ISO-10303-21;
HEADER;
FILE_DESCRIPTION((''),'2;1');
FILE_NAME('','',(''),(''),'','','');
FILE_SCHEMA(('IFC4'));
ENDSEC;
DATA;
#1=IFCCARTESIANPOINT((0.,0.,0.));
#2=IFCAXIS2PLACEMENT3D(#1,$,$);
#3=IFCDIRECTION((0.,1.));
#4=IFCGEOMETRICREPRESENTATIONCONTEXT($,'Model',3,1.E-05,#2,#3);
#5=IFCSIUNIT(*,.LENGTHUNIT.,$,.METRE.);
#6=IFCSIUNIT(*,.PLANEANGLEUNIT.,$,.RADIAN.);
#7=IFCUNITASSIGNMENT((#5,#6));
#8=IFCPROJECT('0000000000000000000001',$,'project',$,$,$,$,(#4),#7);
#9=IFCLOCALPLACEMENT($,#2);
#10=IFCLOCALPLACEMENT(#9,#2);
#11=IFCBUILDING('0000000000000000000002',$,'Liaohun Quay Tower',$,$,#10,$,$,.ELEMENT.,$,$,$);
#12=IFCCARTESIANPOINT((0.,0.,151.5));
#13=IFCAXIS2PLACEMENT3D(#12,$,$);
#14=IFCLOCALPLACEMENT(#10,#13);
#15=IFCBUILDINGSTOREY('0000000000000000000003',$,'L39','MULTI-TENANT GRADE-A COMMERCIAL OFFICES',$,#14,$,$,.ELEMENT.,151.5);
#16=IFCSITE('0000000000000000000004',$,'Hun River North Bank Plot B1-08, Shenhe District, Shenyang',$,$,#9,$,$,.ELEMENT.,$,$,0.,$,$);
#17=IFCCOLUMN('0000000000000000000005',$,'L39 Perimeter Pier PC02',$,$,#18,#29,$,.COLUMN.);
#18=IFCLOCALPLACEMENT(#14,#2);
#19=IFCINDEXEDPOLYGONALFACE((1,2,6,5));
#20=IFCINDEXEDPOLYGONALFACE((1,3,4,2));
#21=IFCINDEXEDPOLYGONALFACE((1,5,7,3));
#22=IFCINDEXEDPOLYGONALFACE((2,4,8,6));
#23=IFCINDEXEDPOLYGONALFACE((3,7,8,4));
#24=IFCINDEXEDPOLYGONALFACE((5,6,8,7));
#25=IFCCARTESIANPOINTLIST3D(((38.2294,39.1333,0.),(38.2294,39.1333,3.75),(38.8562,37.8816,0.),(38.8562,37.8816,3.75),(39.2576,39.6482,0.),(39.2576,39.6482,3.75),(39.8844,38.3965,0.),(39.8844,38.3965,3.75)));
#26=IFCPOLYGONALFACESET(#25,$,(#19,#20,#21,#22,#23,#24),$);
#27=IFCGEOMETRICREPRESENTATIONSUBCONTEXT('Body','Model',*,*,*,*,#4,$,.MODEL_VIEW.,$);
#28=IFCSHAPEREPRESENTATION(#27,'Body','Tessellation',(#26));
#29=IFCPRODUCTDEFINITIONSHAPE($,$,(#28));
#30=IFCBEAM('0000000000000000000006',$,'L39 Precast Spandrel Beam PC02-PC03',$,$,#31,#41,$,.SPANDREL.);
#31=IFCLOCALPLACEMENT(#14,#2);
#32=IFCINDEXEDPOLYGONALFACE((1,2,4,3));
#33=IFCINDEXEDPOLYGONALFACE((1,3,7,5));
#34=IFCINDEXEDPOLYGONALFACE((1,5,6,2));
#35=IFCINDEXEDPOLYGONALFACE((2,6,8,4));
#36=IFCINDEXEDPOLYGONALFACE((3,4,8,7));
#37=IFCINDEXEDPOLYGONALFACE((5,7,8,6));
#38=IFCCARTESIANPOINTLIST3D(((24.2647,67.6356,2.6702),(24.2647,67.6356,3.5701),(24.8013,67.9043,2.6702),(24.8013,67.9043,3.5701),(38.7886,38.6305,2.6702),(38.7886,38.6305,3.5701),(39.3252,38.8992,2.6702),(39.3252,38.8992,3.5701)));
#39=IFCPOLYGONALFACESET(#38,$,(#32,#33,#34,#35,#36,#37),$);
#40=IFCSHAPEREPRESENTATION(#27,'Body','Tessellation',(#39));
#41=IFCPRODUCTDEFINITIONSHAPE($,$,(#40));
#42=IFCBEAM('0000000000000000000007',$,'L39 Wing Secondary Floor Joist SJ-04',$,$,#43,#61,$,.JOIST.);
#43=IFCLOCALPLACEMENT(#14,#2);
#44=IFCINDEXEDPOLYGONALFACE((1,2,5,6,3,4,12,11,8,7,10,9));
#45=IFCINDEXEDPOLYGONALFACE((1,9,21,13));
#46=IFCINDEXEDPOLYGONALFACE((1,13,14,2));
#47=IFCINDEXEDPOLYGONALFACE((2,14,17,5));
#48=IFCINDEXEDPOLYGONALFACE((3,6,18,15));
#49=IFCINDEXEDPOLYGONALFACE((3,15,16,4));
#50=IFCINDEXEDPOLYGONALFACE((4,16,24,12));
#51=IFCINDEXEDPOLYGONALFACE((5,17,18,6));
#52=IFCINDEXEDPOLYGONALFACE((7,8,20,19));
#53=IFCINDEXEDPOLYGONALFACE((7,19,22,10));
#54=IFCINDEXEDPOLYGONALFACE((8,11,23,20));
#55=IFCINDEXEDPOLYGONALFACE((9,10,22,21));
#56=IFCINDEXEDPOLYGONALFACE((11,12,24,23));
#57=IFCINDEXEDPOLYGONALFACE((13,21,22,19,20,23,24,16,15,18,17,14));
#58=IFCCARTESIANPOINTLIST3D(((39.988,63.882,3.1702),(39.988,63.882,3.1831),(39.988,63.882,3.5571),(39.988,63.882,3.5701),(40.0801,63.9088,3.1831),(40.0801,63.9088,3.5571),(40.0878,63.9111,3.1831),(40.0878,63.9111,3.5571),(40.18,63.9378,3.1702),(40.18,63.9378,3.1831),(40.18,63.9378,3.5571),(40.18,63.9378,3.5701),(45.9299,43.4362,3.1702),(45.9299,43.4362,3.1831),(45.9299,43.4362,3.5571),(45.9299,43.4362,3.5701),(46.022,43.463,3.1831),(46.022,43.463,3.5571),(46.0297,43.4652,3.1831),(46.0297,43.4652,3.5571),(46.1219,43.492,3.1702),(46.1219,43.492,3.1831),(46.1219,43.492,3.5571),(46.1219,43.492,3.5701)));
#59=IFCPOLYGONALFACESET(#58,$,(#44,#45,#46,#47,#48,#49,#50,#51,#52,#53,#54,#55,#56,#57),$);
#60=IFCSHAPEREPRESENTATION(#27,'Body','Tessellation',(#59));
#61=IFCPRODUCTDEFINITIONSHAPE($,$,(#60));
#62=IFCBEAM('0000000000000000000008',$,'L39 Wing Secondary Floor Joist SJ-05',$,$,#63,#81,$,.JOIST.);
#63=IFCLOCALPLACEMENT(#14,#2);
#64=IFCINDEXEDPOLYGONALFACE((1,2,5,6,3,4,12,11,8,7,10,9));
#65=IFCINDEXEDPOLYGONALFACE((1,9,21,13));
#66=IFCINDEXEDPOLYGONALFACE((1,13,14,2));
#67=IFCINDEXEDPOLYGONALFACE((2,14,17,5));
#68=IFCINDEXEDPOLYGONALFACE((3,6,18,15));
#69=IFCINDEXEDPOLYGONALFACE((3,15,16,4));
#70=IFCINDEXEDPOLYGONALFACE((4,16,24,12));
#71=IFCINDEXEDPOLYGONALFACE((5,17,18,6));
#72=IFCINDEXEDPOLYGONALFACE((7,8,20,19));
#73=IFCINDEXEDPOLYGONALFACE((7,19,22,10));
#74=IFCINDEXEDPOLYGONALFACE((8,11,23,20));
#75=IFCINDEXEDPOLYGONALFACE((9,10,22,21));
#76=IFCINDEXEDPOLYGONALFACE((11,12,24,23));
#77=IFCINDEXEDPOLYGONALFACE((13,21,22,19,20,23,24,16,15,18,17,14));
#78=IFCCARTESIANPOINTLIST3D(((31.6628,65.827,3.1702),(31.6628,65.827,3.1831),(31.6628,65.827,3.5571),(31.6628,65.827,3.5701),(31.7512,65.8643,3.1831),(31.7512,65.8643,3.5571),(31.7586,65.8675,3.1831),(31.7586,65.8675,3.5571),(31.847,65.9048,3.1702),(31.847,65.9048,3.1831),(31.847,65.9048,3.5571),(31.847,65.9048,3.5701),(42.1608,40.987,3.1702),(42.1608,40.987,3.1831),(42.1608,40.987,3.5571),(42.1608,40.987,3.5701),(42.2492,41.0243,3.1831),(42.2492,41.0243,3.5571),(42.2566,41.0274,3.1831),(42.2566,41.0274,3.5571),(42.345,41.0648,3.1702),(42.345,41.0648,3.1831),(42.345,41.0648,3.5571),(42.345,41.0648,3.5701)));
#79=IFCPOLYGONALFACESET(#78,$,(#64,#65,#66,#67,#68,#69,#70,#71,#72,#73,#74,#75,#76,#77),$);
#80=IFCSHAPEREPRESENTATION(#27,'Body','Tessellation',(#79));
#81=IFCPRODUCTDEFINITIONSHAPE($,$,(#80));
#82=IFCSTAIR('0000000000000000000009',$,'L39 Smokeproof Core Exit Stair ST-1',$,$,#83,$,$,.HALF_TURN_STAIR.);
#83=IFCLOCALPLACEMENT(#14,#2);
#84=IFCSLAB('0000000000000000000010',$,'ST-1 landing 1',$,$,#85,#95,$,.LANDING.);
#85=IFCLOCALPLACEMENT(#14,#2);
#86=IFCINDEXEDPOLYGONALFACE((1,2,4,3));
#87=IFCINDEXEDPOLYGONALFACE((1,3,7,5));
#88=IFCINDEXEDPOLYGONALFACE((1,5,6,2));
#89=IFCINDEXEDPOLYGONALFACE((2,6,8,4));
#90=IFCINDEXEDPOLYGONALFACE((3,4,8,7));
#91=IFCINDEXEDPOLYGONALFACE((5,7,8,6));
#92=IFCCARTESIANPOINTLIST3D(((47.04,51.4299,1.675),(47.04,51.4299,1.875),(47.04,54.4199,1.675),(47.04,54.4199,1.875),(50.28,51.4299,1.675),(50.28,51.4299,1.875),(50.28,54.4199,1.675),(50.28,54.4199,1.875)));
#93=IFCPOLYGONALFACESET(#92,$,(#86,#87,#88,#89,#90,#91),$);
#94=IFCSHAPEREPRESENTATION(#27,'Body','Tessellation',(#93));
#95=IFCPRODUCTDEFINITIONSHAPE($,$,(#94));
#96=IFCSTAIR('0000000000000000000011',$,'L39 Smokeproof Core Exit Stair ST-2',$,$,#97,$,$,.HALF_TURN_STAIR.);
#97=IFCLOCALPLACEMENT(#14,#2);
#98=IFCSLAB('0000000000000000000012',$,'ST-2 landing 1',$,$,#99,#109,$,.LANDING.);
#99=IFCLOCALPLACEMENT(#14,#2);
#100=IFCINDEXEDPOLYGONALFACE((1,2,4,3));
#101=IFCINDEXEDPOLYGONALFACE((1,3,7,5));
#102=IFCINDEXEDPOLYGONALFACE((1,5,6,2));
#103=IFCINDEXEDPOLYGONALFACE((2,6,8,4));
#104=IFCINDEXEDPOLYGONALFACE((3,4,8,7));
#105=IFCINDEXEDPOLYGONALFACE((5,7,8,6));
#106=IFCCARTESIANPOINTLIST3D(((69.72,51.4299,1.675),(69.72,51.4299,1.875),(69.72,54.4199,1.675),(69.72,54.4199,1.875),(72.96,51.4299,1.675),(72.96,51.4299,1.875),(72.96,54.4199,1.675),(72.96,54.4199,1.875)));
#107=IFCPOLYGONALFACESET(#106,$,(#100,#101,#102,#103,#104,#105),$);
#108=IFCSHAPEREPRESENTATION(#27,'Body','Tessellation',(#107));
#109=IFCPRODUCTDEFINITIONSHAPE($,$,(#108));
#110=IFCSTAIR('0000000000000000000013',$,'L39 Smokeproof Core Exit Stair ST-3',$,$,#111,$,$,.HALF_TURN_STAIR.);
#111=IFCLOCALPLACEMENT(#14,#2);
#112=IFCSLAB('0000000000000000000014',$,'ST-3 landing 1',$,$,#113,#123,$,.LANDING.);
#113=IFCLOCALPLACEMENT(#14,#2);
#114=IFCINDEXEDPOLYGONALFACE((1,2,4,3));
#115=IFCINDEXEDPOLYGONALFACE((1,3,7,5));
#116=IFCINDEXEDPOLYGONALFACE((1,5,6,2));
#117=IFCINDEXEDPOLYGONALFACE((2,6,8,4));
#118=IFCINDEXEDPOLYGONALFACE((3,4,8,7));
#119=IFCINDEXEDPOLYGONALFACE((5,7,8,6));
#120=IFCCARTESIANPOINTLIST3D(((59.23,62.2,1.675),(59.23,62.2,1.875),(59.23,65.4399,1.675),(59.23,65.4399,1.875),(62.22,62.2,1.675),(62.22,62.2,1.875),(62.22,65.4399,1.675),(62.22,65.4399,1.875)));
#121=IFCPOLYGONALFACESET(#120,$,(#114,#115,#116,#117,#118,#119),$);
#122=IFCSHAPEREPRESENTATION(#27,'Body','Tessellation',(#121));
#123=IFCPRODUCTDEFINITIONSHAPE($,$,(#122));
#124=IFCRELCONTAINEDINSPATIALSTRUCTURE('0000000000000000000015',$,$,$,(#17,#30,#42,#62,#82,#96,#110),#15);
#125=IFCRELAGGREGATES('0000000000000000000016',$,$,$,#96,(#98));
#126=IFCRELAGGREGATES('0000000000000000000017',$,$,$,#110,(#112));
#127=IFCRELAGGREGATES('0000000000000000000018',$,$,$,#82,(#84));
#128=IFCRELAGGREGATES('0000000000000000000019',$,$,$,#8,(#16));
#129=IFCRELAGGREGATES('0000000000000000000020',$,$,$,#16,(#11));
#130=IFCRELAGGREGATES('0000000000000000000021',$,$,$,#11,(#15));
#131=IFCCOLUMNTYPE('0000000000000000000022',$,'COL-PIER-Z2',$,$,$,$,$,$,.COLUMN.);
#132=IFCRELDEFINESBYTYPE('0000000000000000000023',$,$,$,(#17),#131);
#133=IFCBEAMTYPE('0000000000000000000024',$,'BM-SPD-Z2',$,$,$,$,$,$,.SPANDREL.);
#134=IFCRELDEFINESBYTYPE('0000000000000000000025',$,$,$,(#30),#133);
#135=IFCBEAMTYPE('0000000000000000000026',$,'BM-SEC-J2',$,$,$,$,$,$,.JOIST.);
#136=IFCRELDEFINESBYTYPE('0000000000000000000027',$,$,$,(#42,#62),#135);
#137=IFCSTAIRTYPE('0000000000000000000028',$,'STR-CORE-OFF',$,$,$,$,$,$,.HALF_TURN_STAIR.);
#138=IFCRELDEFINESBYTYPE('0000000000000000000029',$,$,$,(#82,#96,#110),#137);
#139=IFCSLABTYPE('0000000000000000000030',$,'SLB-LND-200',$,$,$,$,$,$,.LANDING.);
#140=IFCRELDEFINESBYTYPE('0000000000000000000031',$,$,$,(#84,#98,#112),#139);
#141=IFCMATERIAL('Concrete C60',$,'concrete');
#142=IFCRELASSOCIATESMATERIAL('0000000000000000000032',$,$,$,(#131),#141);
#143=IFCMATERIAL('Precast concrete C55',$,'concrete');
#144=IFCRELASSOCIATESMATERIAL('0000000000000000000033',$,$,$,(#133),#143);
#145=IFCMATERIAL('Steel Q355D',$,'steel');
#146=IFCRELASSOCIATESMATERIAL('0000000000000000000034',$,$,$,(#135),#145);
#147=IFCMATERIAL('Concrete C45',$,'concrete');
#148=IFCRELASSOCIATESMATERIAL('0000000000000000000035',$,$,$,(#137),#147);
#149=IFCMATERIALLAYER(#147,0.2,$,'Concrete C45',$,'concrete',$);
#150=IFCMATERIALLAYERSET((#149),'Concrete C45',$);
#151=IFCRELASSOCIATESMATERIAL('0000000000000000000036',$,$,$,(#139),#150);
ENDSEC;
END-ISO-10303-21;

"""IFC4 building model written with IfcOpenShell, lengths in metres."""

from ifc_helpers import new_model, si_unit, direction, frame, origin, origin_2d, place, context, subcontext, project, spatial, polyline, rectangle, i_section, outline, extrude, source, transform, mapped, material, layer, layer_set, material_profile, profile_set, type_object, element, aggregate, save


model = new_model("IFC4")

# Units and contexts
model_context = context("Model", 3, precision=1e-05, world=origin(), true_north=direction((0.0, 1.0)))
body_context = subcontext(model_context, "Body", "Model", "MODEL_VIEW")
ifc_project = project(units=[si_unit("LENGTHUNIT", "METRE"), si_unit("PLANEANGLEUNIT", "RADIAN")], contexts=[model_context])

# Site, building, storey
site_placement = place(None, origin())
site = spatial("IfcSite", under=ifc_project, at=site_placement, Name="Hun River North Bank Plot B1-08, Shenhe District, Shenyang", CompositionType="ELEMENT", RefElevation=0.0)
building_placement = place(site_placement, origin())
building = spatial("IfcBuilding", under=site, at=building_placement, Name="Liaohun Quay Tower", CompositionType="ELEMENT")
storey_placement = place(building_placement, frame((0.0, 0.0, 151.5)))
storey = spatial("IfcBuildingStorey", under=building, at=storey_placement, Name="L39", Description="MULTI-TENANT GRADE-A COMMERCIAL OFFICES", CompositionType="ELEMENT", Elevation=151.5)

# Column
ifc_material_1 = material(Name="Concrete C60", Category="concrete")
ifc_material_profile_1 = material_profile(ifc_material_1, rectangle(XDim=1.3999, YDim=1.1499, at=origin_2d()), Name="RC1400x1150")
ifc_profile_set_1 = profile_set([ifc_material_profile_1], Name="Concrete C60")
column_type = type_object("IfcColumnType", Name="COL-PIER-Z2", PredefinedType="COLUMN", material=ifc_profile_set_1)
shared_shape_1 = source(origin(), body_context, "Body", "SweptSolid", [
    extrude(rectangle(XDim=1.3999, YDim=1.1499, at=origin_2d()), origin(), (0.0, 0.0, 1.0), 3.75),
])
column_placement = place(storey_placement, frame((39.0569, 38.7649, 0.0), z_axis=(0.0, 0.0, 1.0), x_axis=(-0.447759, 0.894154, 0.0)))
element("IfcColumn", 1, at=column_placement, inside=storey, type_object=column_type, Name="L39 Perimeter Pier PC02", PredefinedType="COLUMN", context=body_context, shape_type="MappedRepresentation", body=[
    mapped(shared_shape_1, transform((0.0, 0.0, 0.0), x_axis=(1.0, 0.0, 0.0), y_axis=(0.0, 1.0, 0.0), z_axis=(0.0, 0.0, 1.0), scale=1.0)),
])

# Beams
ifc_material_2 = material(Name="Precast concrete C55", Category="concrete")
ifc_material_profile_2 = material_profile(ifc_material_2, rectangle(XDim=0.6001, YDim=0.8999, at=origin_2d()), Name="RC600x900")
ifc_profile_set_2 = profile_set([ifc_material_profile_2], Name="Precast concrete C55")
beam_type_1 = type_object("IfcBeamType", Name="BM-SPD-Z2", PredefinedType="SPANDREL", material=ifc_profile_set_2)
shared_shape_2 = source(origin(), body_context, "Body", "SweptSolid", [
    extrude(rectangle(XDim=0.6001, YDim=0.8999, at=origin_2d()), origin(), (0.0, 0.0, 1.0), 32.4382),
])
beam_1_placement = place(storey_placement, frame((39.0569, 38.7649, 3.1201), z_axis=(-0.44774, 0.894164, 0.0), x_axis=(-0.894164, -0.44774, 0.0)))
element("IfcBeam", 2, at=beam_1_placement, inside=storey, type_object=beam_type_1, Name="L39 Precast Spandrel Beam PC02-PC03", PredefinedType="SPANDREL", context=body_context, shape_type="MappedRepresentation", body=[
    mapped(shared_shape_2, transform((0.0, 0.0, 0.0), x_axis=(1.0, 0.0, 0.0), y_axis=(0.0, 1.0, 0.0), z_axis=(0.0, 0.0, 1.0), scale=1.0)),
])
ifc_material_3 = material(Name="Steel Q355D", Category="steel")
ifc_material_profile_3 = material_profile(ifc_material_3, i_section(OverallWidth=0.2, OverallDepth=0.3999, WebThickness=0.0081, FlangeThickness=0.0129, at=origin_2d()), Name="HN400x200x8x13")
ifc_profile_set_3 = profile_set([ifc_material_profile_3], Name="Steel Q355D")
beam_type_2 = type_object("IfcBeamType", Name="BM-SEC-J2", PredefinedType="JOIST", material=ifc_profile_set_3)
shared_shape_3 = source(origin(), body_context, "Body", "SweptSolid", [
    extrude(i_section(OverallWidth=0.2, OverallDepth=0.3999, WebThickness=0.0081, FlangeThickness=0.0129, at=origin_2d()), origin(), (0.0, 0.0, 1.0), 21.2917),
])
beam_2_placement = place(storey_placement, frame((46.0259, 43.4641, 3.3701), z_axis=(-0.279071, 0.960271, 0.0), x_axis=(-0.960271, -0.279071, 0.0)))
element("IfcBeam", 3, at=beam_2_placement, inside=storey, type_object=beam_type_2, Name="L39 Wing Secondary Floor Joist SJ-04", PredefinedType="JOIST", context=body_context, shape_type="MappedRepresentation", body=[
    mapped(shared_shape_3, transform((0.0, 0.0, 0.0), x_axis=(1.0, 0.0, 0.0), y_axis=(0.0, 1.0, 0.0), z_axis=(0.0, 0.0, 1.0), scale=1.0)),
])
shared_shape_4 = source(origin(), body_context, "Body", "SweptSolid", [
    extrude(i_section(OverallWidth=0.2, OverallDepth=0.3999, WebThickness=0.0081, FlangeThickness=0.0129, at=origin_2d()), origin(), (0.0, 0.0, 1.0), 26.9673),
])
beam_3_placement = place(storey_placement, frame((42.2529, 41.0259, 3.3701), z_axis=(-0.389287, 0.921116, 0.0), x_axis=(-0.921116, -0.389287, 0.0)))
element("IfcBeam", 4, at=beam_3_placement, inside=storey, type_object=beam_type_2, Name="L39 Wing Secondary Floor Joist SJ-05", PredefinedType="JOIST", context=body_context, shape_type="MappedRepresentation", body=[
    mapped(shared_shape_4, transform((0.0, 0.0, 0.0), x_axis=(1.0, 0.0, 0.0), y_axis=(0.0, 1.0, 0.0), z_axis=(0.0, 0.0, 1.0), scale=1.0)),
])

# Stairs, slabs
ifc_material_4 = material(Name="Concrete C45", Category="concrete")
stair_type = type_object("IfcStairType", Name="STR-CORE-OFF", PredefinedType="HALF_TURN_STAIR", material=ifc_material_4)
stair_1_placement = place(storey_placement, origin())
stair_1 = element("IfcStair", 5, at=stair_1_placement, inside=storey, type_object=stair_type, Name="L39 Smokeproof Core Exit Stair ST-1", PredefinedType="HALF_TURN_STAIR")
ifc_layer_1 = layer(ifc_material_4, 0.2, Name="Concrete C45", Category="concrete")
ifc_layer_set_1 = layer_set([ifc_layer_1], Name="Concrete C45")
slab_type_1 = type_object("IfcSlabType", Name="SLB-LND-200", PredefinedType="LANDING", material=ifc_layer_set_1)
slab_1_placement = place(storey_placement, frame((0.0, 0.0, 1.675)))
slab_1 = element("IfcSlab", 6, at=slab_1_placement, type_object=slab_type_1, Name="ST-1 landing 1", PredefinedType="LANDING", context=body_context, shape_type="SweptSolid", body=[
    extrude(outline(polyline([(50.28, 51.4299), (50.28, 54.4199), (47.04, 54.4199), (47.04, 51.4299), (50.28, 51.4299)])), origin(), (0.0, 0.0, 1.0), 0.2),
])
stair_2_placement = place(storey_placement, origin())
stair_2 = element("IfcStair", 7, at=stair_2_placement, inside=storey, type_object=stair_type, Name="L39 Smokeproof Core Exit Stair ST-2", PredefinedType="HALF_TURN_STAIR")
slab_2_placement = place(storey_placement, frame((0.0, 0.0, 1.675)))
slab_2 = element("IfcSlab", 8, at=slab_2_placement, type_object=slab_type_1, Name="ST-2 landing 1", PredefinedType="LANDING", context=body_context, shape_type="SweptSolid", body=[
    extrude(outline(polyline([(72.96, 51.4299), (72.96, 54.4199), (69.72, 54.4199), (69.72, 51.4299), (72.96, 51.4299)])), origin(), (0.0, 0.0, 1.0), 0.2),
])
aggregate(stair_2, [slab_2])
stair_3_placement = place(storey_placement, origin())
stair_3 = element("IfcStair", 9, at=stair_3_placement, inside=storey, type_object=stair_type, Name="L39 Smokeproof Core Exit Stair ST-3", PredefinedType="HALF_TURN_STAIR")
slab_3_placement = place(storey_placement, frame((0.0, 0.0, 1.675)))
slab_3 = element("IfcSlab", 10, at=slab_3_placement, type_object=slab_type_1, Name="ST-3 landing 1", PredefinedType="LANDING", context=body_context, shape_type="SweptSolid", body=[
    extrude(outline(polyline([(59.23, 62.2), (62.22, 62.2), (62.22, 65.4399), (59.23, 65.4399), (59.23, 62.2)])), origin(), (0.0, 0.0, 1.0), 0.2),
])
aggregate(stair_3, [slab_3])

aggregate(stair_1, [slab_1])

save(model, "model.ifc")
